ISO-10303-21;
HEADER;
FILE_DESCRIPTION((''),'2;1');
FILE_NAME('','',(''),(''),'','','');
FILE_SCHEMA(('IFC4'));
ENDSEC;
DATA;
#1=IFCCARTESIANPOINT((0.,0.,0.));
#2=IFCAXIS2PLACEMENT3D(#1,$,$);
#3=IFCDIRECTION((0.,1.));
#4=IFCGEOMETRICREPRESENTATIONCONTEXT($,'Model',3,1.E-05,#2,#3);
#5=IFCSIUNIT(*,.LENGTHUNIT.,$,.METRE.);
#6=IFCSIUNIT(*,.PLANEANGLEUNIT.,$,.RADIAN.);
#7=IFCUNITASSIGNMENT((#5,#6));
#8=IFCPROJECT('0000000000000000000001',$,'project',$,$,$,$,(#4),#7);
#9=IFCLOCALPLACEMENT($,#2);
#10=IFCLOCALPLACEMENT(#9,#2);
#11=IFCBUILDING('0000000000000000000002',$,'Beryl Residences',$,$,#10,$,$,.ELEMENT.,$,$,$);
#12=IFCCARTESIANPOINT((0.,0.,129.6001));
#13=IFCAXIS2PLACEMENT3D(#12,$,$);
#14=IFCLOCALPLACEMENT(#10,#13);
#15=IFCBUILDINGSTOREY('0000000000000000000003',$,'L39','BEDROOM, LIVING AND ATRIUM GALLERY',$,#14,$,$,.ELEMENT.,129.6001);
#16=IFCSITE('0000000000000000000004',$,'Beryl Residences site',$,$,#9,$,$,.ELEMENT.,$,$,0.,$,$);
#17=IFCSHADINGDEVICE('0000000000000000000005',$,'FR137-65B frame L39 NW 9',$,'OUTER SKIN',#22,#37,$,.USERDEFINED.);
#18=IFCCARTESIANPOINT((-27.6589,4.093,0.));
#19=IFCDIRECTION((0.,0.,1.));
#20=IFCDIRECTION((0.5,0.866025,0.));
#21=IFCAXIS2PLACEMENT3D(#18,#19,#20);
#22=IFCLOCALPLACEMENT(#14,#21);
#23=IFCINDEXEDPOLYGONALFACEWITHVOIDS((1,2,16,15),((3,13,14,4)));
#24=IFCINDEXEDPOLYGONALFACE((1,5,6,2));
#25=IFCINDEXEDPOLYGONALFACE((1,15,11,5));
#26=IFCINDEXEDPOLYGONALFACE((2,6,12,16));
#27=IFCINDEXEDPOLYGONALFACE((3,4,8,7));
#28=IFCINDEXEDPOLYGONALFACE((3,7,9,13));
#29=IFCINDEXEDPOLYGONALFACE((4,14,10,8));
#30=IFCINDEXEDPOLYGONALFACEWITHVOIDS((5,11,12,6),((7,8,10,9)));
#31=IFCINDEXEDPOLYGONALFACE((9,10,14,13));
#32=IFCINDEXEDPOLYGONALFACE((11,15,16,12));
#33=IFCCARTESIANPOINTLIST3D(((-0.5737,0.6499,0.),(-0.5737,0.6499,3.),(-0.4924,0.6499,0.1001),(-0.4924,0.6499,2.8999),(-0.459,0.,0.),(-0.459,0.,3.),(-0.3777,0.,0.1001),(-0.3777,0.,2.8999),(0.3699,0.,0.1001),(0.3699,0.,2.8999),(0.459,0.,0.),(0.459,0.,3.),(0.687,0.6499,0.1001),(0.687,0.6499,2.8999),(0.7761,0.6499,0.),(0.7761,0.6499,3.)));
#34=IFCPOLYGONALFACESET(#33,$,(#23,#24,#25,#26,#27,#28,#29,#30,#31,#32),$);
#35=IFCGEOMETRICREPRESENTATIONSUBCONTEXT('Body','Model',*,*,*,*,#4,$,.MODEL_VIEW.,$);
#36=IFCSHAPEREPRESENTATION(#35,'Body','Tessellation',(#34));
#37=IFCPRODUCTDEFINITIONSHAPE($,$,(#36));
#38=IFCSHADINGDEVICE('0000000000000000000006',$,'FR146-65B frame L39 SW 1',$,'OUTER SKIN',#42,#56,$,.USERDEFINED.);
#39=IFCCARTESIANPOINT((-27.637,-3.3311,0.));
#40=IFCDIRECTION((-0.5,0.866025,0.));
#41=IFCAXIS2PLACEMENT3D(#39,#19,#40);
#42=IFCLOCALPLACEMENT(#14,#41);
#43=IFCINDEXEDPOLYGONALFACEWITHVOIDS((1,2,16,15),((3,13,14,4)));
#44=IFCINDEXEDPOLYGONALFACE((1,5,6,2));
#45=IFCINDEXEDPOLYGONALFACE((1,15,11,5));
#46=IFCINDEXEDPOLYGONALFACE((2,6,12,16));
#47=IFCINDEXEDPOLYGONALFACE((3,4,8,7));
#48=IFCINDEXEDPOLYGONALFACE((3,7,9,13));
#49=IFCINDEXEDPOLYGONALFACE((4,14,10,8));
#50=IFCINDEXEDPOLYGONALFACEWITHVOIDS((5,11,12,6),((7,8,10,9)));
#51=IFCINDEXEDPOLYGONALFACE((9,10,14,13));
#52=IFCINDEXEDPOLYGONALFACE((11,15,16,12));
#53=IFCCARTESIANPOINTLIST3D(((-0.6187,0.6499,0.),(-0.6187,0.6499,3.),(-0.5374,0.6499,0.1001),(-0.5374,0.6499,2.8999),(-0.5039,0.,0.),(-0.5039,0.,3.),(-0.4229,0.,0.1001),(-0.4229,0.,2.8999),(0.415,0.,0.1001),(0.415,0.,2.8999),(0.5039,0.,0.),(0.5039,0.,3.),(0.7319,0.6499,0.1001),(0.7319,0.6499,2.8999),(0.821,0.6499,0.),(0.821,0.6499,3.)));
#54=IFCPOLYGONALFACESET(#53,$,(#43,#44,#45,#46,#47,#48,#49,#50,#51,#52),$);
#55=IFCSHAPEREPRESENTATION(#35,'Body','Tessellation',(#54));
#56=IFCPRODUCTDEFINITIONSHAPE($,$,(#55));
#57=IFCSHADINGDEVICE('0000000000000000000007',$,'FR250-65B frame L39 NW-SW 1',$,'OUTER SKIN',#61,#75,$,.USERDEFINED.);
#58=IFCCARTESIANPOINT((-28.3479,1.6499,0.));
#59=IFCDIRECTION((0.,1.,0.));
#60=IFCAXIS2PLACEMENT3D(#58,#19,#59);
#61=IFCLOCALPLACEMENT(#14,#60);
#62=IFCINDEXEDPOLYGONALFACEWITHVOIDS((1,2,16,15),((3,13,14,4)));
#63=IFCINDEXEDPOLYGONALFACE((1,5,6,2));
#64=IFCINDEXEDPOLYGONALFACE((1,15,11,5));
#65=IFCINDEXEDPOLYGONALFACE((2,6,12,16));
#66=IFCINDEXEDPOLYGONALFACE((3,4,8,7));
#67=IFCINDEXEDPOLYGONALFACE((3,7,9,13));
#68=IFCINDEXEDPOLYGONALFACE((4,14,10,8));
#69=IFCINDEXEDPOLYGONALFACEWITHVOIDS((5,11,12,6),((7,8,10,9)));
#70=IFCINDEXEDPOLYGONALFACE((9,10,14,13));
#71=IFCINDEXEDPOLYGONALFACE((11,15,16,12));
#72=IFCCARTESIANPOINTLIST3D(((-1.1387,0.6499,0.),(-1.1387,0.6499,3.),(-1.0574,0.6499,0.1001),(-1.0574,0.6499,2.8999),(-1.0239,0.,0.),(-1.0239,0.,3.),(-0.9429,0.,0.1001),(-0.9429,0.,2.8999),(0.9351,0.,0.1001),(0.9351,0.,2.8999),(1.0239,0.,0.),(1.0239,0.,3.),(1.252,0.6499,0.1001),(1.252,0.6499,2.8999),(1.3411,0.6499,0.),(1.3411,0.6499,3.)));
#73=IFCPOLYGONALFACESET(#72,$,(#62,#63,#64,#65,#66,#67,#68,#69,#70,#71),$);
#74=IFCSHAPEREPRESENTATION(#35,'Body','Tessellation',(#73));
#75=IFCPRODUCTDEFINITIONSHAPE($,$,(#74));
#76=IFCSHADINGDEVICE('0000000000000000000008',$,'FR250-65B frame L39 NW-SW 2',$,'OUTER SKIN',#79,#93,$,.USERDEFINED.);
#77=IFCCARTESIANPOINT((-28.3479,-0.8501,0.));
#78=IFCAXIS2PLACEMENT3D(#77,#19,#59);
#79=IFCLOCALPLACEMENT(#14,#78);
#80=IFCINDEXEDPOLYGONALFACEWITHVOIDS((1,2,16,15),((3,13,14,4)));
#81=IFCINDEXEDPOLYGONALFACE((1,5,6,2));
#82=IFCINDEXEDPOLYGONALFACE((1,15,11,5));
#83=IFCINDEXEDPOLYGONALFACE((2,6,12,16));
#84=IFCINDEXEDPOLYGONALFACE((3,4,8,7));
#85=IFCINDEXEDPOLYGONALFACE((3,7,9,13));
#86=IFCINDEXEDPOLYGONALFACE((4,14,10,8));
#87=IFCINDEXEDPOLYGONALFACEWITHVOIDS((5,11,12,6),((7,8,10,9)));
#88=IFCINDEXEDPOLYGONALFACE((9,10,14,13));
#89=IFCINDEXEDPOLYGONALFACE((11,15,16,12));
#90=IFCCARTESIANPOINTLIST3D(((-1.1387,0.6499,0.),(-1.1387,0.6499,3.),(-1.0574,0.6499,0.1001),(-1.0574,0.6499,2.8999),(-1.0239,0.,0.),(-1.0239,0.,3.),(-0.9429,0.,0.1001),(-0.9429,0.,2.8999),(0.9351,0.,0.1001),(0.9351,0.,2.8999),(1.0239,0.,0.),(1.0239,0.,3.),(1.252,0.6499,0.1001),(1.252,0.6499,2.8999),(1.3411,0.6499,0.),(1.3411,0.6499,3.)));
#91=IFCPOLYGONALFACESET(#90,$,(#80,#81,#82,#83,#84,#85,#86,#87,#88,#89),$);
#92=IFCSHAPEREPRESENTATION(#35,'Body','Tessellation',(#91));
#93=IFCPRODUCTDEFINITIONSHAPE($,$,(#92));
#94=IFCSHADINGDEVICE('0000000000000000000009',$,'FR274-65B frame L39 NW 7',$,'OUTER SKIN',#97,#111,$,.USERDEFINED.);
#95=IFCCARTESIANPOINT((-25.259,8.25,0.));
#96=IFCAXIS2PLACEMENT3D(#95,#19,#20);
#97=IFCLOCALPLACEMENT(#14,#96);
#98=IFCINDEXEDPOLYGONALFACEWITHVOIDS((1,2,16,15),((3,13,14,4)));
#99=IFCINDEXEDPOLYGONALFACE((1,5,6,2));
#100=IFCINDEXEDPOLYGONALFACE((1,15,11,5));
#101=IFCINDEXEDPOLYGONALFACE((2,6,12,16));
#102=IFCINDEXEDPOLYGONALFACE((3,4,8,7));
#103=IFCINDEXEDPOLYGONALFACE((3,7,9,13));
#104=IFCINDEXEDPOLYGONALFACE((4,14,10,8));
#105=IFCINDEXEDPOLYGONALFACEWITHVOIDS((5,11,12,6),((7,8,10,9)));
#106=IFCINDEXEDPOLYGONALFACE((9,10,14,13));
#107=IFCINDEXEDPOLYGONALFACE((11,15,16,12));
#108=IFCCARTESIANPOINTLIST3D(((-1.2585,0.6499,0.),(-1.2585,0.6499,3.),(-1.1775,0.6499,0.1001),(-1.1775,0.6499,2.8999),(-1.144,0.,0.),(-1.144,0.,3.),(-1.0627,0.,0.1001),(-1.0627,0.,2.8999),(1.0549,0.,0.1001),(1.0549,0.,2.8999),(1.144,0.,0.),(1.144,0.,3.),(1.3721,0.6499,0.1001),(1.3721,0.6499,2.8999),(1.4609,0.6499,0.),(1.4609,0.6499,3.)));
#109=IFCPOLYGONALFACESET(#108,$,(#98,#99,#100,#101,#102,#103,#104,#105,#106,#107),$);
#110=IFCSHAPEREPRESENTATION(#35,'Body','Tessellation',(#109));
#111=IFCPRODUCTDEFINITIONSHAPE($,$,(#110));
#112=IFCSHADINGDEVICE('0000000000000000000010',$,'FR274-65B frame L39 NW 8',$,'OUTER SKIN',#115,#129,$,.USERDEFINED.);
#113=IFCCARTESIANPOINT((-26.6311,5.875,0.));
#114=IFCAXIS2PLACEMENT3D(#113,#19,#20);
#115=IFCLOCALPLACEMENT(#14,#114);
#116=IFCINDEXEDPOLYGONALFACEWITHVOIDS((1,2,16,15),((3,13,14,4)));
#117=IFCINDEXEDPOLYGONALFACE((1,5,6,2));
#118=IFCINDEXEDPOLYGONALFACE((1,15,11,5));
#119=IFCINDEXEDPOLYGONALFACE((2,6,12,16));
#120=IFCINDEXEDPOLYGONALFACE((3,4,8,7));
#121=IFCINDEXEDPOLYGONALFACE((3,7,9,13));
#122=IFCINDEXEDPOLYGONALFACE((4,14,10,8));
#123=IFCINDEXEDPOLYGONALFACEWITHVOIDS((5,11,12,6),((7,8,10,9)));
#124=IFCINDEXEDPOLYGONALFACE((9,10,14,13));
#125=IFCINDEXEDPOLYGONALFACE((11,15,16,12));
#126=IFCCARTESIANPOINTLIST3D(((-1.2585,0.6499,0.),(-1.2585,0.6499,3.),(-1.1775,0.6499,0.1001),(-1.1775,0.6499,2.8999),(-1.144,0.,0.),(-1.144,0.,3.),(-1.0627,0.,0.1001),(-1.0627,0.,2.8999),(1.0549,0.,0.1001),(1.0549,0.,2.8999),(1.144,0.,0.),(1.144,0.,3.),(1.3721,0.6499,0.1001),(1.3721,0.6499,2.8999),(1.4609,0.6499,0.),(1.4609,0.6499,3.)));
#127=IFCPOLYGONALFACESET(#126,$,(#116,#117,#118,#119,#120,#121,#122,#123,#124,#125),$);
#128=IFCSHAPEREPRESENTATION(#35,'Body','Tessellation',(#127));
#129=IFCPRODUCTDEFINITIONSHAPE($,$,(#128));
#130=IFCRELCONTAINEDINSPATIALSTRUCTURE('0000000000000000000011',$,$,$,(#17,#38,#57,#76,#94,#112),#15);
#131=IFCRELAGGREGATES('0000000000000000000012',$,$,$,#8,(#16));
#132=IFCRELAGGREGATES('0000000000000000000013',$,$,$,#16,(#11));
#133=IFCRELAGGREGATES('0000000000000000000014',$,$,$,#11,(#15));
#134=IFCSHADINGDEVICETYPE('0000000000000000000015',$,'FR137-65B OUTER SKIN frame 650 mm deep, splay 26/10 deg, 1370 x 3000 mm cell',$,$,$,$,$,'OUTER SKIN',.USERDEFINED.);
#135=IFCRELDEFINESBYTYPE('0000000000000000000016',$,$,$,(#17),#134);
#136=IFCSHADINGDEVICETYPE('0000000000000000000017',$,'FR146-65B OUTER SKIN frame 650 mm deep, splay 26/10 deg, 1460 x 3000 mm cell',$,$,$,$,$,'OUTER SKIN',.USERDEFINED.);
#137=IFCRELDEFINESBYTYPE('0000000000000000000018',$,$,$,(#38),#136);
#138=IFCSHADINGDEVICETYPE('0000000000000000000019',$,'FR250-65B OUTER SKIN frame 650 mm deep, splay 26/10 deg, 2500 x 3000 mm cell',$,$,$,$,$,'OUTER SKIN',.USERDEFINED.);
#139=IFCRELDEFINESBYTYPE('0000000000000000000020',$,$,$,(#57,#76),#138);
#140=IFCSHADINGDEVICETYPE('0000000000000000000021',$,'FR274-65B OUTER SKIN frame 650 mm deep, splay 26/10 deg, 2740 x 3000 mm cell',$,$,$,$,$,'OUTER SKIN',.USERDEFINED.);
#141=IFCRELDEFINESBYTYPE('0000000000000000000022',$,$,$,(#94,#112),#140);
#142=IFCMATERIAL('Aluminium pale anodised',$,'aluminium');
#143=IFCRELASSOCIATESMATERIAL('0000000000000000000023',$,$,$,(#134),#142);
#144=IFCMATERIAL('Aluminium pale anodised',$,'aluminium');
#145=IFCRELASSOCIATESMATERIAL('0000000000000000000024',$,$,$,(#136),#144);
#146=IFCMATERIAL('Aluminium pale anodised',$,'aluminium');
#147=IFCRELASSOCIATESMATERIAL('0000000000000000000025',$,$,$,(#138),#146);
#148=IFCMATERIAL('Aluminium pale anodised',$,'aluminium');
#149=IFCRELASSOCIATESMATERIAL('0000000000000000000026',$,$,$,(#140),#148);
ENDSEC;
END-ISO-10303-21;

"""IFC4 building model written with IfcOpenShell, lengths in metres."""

from ifc_helpers import new_model, entity, si_unit, direction, frame, origin, place, context, subcontext, project, spatial, source, transform, mapped, material, type_object, type_shapes, element, save


model = new_model("IFC4")

# Units and contexts
model_context = context("Model", 3, precision=1e-05, world=origin(), true_north=direction((0.0, 1.0)))
body_context = subcontext(model_context, "Body", "Model", "MODEL_VIEW")
ifc_project = project(units=[si_unit("LENGTHUNIT", "METRE"), si_unit("PLANEANGLEUNIT", "RADIAN")], contexts=[model_context])

# Site, building, storey
site_placement = place(None, origin())
site = spatial("IfcSite", under=ifc_project, at=site_placement, Name="Beryl Residences site", CompositionType="ELEMENT", RefElevation=0.0)
building_placement = place(site_placement, origin())
building = spatial("IfcBuilding", under=site, at=building_placement, Name="Beryl Residences", CompositionType="ELEMENT")
storey_placement = place(building_placement, frame((0.0, 0.0, 129.6001)))
storey = spatial("IfcBuildingStorey", under=building, at=storey_placement, Name="L39", Description="BEDROOM, LIVING AND ATRIUM GALLERY", CompositionType="ELEMENT", Elevation=129.6001)

# Shading devices
ifc_material_1 = material(Name="Aluminium pale anodised", Category="aluminium")
shading_device_type_1 = type_object("IfcShadingDeviceType", Name="FR137-65B OUTER SKIN frame 650 mm deep, splay 26/10 deg, 1370 x 3000 mm cell", ElementType="OUTER SKIN", PredefinedType="USERDEFINED", material=ifc_material_1)
cartesian_point_1 = entity("IfcCartesianPoint", [-0.459, 0.0])
cartesian_point_2 = entity("IfcCartesianPoint", [-0.3699, 0.1001])
cartesian_point_3 = entity("IfcCartesianPoint", [-0.7761, 0.0])
cartesian_point_4 = entity("IfcCartesianPoint", [-0.687, 0.1001])
shared_shape_1 = source(origin(), body_context, "Body", "SweptSolid", [
    entity("IfcExtrudedAreaSolidTapered", entity("IfcArbitraryProfileDefWithVoids", "AREA", None, entity("IfcPolyline", [cartesian_point_1, entity("IfcCartesianPoint", [0.459, 0.0]), entity("IfcCartesianPoint", [0.459, 3.0]), entity("IfcCartesianPoint", [-0.459, 3.0]), cartesian_point_1]), [entity("IfcPolyline", [cartesian_point_2, entity("IfcCartesianPoint", [0.3777, 0.1001]), entity("IfcCartesianPoint", [0.3777, 2.8999]), entity("IfcCartesianPoint", [-0.3699, 2.8999]), cartesian_point_2])]), entity("IfcAxis2Placement3D", entity("IfcCartesianPoint", [0.0, 0.0, 0.0]), entity("IfcDirection", [0.0, 1.0, 0.0]), entity("IfcDirection", [-1.0, 0.0, 0.0])), entity("IfcDirection", [0.0, 0.0, 1.0]), 0.6499, entity("IfcArbitraryProfileDefWithVoids", "AREA", None, entity("IfcPolyline", [cartesian_point_3, entity("IfcCartesianPoint", [0.5737, 0.0]), entity("IfcCartesianPoint", [0.5737, 3.0]), entity("IfcCartesianPoint", [-0.7761, 3.0]), cartesian_point_3]), [entity("IfcPolyline", [cartesian_point_4, entity("IfcCartesianPoint", [0.4924, 0.1001]), entity("IfcCartesianPoint", [0.4924, 2.8999]), entity("IfcCartesianPoint", [-0.687, 2.8999]), cartesian_point_4])])),
])
type_shapes(shading_device_type_1, [shared_shape_1])
shading_device_1_placement = place(storey_placement, frame((-27.6589, 4.093, 0.0), z_axis=(0.0, 0.0, 1.0), x_axis=(0.5, 0.866025, 0.0)))
element("IfcShadingDevice", 1, at=shading_device_1_placement, inside=storey, type_object=shading_device_type_1, Name="FR137-65B frame L39 NW 9", ObjectType="OUTER SKIN", PredefinedType="USERDEFINED", context=body_context, shape_type="MappedRepresentation", body=[
    mapped(shared_shape_1, transform((0.0, 0.0, 0.0))),
])
ifc_material_2 = material(Name="Aluminium pale anodised", Category="aluminium")
shading_device_type_2 = type_object("IfcShadingDeviceType", Name="FR146-65B OUTER SKIN frame 650 mm deep, splay 26/10 deg, 1460 x 3000 mm cell", ElementType="OUTER SKIN", PredefinedType="USERDEFINED", material=ifc_material_2)
cartesian_point_5 = entity("IfcCartesianPoint", [-0.5039, 0.0])
cartesian_point_6 = entity("IfcCartesianPoint", [-0.415, 0.1001])
cartesian_point_7 = entity("IfcCartesianPoint", [-0.821, 0.0])
cartesian_point_8 = entity("IfcCartesianPoint", [-0.7319, 0.1001])
shared_shape_2 = source(origin(), body_context, "Body", "SweptSolid", [
    entity("IfcExtrudedAreaSolidTapered", entity("IfcArbitraryProfileDefWithVoids", "AREA", None, entity("IfcPolyline", [cartesian_point_5, entity("IfcCartesianPoint", [0.5039, 0.0]), entity("IfcCartesianPoint", [0.5039, 3.0]), entity("IfcCartesianPoint", [-0.5039, 3.0]), cartesian_point_5]), [entity("IfcPolyline", [cartesian_point_6, entity("IfcCartesianPoint", [0.4229, 0.1001]), entity("IfcCartesianPoint", [0.4229, 2.8999]), entity("IfcCartesianPoint", [-0.415, 2.8999]), cartesian_point_6])]), entity("IfcAxis2Placement3D", entity("IfcCartesianPoint", [0.0, 0.0, 0.0]), entity("IfcDirection", [0.0, 1.0, 0.0]), entity("IfcDirection", [-1.0, 0.0, 0.0])), entity("IfcDirection", [0.0, 0.0, 1.0]), 0.6499, entity("IfcArbitraryProfileDefWithVoids", "AREA", None, entity("IfcPolyline", [cartesian_point_7, entity("IfcCartesianPoint", [0.6187, 0.0]), entity("IfcCartesianPoint", [0.6187, 3.0]), entity("IfcCartesianPoint", [-0.821, 3.0]), cartesian_point_7]), [entity("IfcPolyline", [cartesian_point_8, entity("IfcCartesianPoint", [0.5374, 0.1001]), entity("IfcCartesianPoint", [0.5374, 2.8999]), entity("IfcCartesianPoint", [-0.7319, 2.8999]), cartesian_point_8])])),
])
type_shapes(shading_device_type_2, [shared_shape_2])
shading_device_2_placement = place(storey_placement, frame((-27.637, -3.3311, 0.0), z_axis=(0.0, 0.0, 1.0), x_axis=(-0.5, 0.866025, 0.0)))
element("IfcShadingDevice", 2, at=shading_device_2_placement, inside=storey, type_object=shading_device_type_2, Name="FR146-65B frame L39 SW 1", ObjectType="OUTER SKIN", PredefinedType="USERDEFINED", context=body_context, shape_type="MappedRepresentation", body=[
    mapped(shared_shape_2, transform((0.0, 0.0, 0.0))),
])
ifc_material_3 = material(Name="Aluminium pale anodised", Category="aluminium")
shading_device_type_3 = type_object("IfcShadingDeviceType", Name="FR250-65B OUTER SKIN frame 650 mm deep, splay 26/10 deg, 2500 x 3000 mm cell", ElementType="OUTER SKIN", PredefinedType="USERDEFINED", material=ifc_material_3)
cartesian_point_9 = entity("IfcCartesianPoint", [-1.0239, 0.0])
cartesian_point_10 = entity("IfcCartesianPoint", [-0.9351, 0.1001])
cartesian_point_11 = entity("IfcCartesianPoint", [-1.3411, 0.0])
cartesian_point_12 = entity("IfcCartesianPoint", [-1.252, 0.1001])
shared_shape_3 = source(origin(), body_context, "Body", "SweptSolid", [
    entity("IfcExtrudedAreaSolidTapered", entity("IfcArbitraryProfileDefWithVoids", "AREA", None, entity("IfcPolyline", [cartesian_point_9, entity("IfcCartesianPoint", [1.0239, 0.0]), entity("IfcCartesianPoint", [1.0239, 3.0]), entity("IfcCartesianPoint", [-1.0239, 3.0]), cartesian_point_9]), [entity("IfcPolyline", [cartesian_point_10, entity("IfcCartesianPoint", [0.9429, 0.1001]), entity("IfcCartesianPoint", [0.9429, 2.8999]), entity("IfcCartesianPoint", [-0.9351, 2.8999]), cartesian_point_10])]), entity("IfcAxis2Placement3D", entity("IfcCartesianPoint", [0.0, 0.0, 0.0]), entity("IfcDirection", [0.0, 1.0, 0.0]), entity("IfcDirection", [-1.0, 0.0, 0.0])), entity("IfcDirection", [0.0, 0.0, 1.0]), 0.6499, entity("IfcArbitraryProfileDefWithVoids", "AREA", None, entity("IfcPolyline", [cartesian_point_11, entity("IfcCartesianPoint", [1.1387, 0.0]), entity("IfcCartesianPoint", [1.1387, 3.0]), entity("IfcCartesianPoint", [-1.3411, 3.0]), cartesian_point_11]), [entity("IfcPolyline", [cartesian_point_12, entity("IfcCartesianPoint", [1.0574, 0.1001]), entity("IfcCartesianPoint", [1.0574, 2.8999]), entity("IfcCartesianPoint", [-1.252, 2.8999]), cartesian_point_12])])),
])
type_shapes(shading_device_type_3, [shared_shape_3])
for number, where, z_axis, x_axis, name in (
    (3, (-28.3479, 1.6499, 0.0), (0.0, 0.0, 1.0), (0.0, 1.0, 0.0), "FR250-65B frame L39 NW-SW 1"),
    (4, (-28.3479, -0.8501, 0.0), (0.0, 0.0, 1.0), (0.0, 1.0, 0.0), "FR250-65B frame L39 NW-SW 2"),
):
    element("IfcShadingDevice", number, at=place(storey_placement, frame(where, z_axis=z_axis, x_axis=x_axis)), inside=storey, type_object=shading_device_type_3, Name=name, ObjectType="OUTER SKIN", PredefinedType="USERDEFINED", context=body_context, shape_type="MappedRepresentation", body=[
        mapped(shared_shape_3, transform((0.0, 0.0, 0.0))),
    ])
ifc_material_4 = material(Name="Aluminium pale anodised", Category="aluminium")
shading_device_type_4 = type_object("IfcShadingDeviceType", Name="FR274-65B OUTER SKIN frame 650 mm deep, splay 26/10 deg, 2740 x 3000 mm cell", ElementType="OUTER SKIN", PredefinedType="USERDEFINED", material=ifc_material_4)
cartesian_point_13 = entity("IfcCartesianPoint", [-1.144, 0.0])
cartesian_point_14 = entity("IfcCartesianPoint", [-1.0549, 0.1001])
cartesian_point_15 = entity("IfcCartesianPoint", [-1.4609, 0.0])
cartesian_point_16 = entity("IfcCartesianPoint", [-1.3721, 0.1001])
shared_shape_4 = source(origin(), body_context, "Body", "SweptSolid", [
    entity("IfcExtrudedAreaSolidTapered", entity("IfcArbitraryProfileDefWithVoids", "AREA", None, entity("IfcPolyline", [cartesian_point_13, entity("IfcCartesianPoint", [1.144, 0.0]), entity("IfcCartesianPoint", [1.144, 3.0]), entity("IfcCartesianPoint", [-1.144, 3.0]), cartesian_point_13]), [entity("IfcPolyline", [cartesian_point_14, entity("IfcCartesianPoint", [1.0627, 0.1001]), entity("IfcCartesianPoint", [1.0627, 2.8999]), entity("IfcCartesianPoint", [-1.0549, 2.8999]), cartesian_point_14])]), entity("IfcAxis2Placement3D", entity("IfcCartesianPoint", [0.0, 0.0, 0.0]), entity("IfcDirection", [0.0, 1.0, 0.0]), entity("IfcDirection", [-1.0, 0.0, 0.0])), entity("IfcDirection", [0.0, 0.0, 1.0]), 0.6499, entity("IfcArbitraryProfileDefWithVoids", "AREA", None, entity("IfcPolyline", [cartesian_point_15, entity("IfcCartesianPoint", [1.2585, 0.0]), entity("IfcCartesianPoint", [1.2585, 3.0]), entity("IfcCartesianPoint", [-1.4609, 3.0]), cartesian_point_15]), [entity("IfcPolyline", [cartesian_point_16, entity("IfcCartesianPoint", [1.1775, 0.1001]), entity("IfcCartesianPoint", [1.1775, 2.8999]), entity("IfcCartesianPoint", [-1.3721, 2.8999]), cartesian_point_16])])),
])
type_shapes(shading_device_type_4, [shared_shape_4])
for number, where, z_axis, x_axis, name in (
    (5, (-25.259, 8.25, 0.0), (0.0, 0.0, 1.0), (0.5, 0.866025, 0.0), "FR274-65B frame L39 NW 7"),
    (6, (-26.6311, 5.875, 0.0), (0.0, 0.0, 1.0), (0.5, 0.866025, 0.0), "FR274-65B frame L39 NW 8"),
):
    element("IfcShadingDevice", number, at=place(storey_placement, frame(where, z_axis=z_axis, x_axis=x_axis)), inside=storey, type_object=shading_device_type_4, Name=name, ObjectType="OUTER SKIN", PredefinedType="USERDEFINED", context=body_context, shape_type="MappedRepresentation", body=[
        mapped(shared_shape_4, transform((0.0, 0.0, 0.0))),
    ])

save(model, "model.ifc")
